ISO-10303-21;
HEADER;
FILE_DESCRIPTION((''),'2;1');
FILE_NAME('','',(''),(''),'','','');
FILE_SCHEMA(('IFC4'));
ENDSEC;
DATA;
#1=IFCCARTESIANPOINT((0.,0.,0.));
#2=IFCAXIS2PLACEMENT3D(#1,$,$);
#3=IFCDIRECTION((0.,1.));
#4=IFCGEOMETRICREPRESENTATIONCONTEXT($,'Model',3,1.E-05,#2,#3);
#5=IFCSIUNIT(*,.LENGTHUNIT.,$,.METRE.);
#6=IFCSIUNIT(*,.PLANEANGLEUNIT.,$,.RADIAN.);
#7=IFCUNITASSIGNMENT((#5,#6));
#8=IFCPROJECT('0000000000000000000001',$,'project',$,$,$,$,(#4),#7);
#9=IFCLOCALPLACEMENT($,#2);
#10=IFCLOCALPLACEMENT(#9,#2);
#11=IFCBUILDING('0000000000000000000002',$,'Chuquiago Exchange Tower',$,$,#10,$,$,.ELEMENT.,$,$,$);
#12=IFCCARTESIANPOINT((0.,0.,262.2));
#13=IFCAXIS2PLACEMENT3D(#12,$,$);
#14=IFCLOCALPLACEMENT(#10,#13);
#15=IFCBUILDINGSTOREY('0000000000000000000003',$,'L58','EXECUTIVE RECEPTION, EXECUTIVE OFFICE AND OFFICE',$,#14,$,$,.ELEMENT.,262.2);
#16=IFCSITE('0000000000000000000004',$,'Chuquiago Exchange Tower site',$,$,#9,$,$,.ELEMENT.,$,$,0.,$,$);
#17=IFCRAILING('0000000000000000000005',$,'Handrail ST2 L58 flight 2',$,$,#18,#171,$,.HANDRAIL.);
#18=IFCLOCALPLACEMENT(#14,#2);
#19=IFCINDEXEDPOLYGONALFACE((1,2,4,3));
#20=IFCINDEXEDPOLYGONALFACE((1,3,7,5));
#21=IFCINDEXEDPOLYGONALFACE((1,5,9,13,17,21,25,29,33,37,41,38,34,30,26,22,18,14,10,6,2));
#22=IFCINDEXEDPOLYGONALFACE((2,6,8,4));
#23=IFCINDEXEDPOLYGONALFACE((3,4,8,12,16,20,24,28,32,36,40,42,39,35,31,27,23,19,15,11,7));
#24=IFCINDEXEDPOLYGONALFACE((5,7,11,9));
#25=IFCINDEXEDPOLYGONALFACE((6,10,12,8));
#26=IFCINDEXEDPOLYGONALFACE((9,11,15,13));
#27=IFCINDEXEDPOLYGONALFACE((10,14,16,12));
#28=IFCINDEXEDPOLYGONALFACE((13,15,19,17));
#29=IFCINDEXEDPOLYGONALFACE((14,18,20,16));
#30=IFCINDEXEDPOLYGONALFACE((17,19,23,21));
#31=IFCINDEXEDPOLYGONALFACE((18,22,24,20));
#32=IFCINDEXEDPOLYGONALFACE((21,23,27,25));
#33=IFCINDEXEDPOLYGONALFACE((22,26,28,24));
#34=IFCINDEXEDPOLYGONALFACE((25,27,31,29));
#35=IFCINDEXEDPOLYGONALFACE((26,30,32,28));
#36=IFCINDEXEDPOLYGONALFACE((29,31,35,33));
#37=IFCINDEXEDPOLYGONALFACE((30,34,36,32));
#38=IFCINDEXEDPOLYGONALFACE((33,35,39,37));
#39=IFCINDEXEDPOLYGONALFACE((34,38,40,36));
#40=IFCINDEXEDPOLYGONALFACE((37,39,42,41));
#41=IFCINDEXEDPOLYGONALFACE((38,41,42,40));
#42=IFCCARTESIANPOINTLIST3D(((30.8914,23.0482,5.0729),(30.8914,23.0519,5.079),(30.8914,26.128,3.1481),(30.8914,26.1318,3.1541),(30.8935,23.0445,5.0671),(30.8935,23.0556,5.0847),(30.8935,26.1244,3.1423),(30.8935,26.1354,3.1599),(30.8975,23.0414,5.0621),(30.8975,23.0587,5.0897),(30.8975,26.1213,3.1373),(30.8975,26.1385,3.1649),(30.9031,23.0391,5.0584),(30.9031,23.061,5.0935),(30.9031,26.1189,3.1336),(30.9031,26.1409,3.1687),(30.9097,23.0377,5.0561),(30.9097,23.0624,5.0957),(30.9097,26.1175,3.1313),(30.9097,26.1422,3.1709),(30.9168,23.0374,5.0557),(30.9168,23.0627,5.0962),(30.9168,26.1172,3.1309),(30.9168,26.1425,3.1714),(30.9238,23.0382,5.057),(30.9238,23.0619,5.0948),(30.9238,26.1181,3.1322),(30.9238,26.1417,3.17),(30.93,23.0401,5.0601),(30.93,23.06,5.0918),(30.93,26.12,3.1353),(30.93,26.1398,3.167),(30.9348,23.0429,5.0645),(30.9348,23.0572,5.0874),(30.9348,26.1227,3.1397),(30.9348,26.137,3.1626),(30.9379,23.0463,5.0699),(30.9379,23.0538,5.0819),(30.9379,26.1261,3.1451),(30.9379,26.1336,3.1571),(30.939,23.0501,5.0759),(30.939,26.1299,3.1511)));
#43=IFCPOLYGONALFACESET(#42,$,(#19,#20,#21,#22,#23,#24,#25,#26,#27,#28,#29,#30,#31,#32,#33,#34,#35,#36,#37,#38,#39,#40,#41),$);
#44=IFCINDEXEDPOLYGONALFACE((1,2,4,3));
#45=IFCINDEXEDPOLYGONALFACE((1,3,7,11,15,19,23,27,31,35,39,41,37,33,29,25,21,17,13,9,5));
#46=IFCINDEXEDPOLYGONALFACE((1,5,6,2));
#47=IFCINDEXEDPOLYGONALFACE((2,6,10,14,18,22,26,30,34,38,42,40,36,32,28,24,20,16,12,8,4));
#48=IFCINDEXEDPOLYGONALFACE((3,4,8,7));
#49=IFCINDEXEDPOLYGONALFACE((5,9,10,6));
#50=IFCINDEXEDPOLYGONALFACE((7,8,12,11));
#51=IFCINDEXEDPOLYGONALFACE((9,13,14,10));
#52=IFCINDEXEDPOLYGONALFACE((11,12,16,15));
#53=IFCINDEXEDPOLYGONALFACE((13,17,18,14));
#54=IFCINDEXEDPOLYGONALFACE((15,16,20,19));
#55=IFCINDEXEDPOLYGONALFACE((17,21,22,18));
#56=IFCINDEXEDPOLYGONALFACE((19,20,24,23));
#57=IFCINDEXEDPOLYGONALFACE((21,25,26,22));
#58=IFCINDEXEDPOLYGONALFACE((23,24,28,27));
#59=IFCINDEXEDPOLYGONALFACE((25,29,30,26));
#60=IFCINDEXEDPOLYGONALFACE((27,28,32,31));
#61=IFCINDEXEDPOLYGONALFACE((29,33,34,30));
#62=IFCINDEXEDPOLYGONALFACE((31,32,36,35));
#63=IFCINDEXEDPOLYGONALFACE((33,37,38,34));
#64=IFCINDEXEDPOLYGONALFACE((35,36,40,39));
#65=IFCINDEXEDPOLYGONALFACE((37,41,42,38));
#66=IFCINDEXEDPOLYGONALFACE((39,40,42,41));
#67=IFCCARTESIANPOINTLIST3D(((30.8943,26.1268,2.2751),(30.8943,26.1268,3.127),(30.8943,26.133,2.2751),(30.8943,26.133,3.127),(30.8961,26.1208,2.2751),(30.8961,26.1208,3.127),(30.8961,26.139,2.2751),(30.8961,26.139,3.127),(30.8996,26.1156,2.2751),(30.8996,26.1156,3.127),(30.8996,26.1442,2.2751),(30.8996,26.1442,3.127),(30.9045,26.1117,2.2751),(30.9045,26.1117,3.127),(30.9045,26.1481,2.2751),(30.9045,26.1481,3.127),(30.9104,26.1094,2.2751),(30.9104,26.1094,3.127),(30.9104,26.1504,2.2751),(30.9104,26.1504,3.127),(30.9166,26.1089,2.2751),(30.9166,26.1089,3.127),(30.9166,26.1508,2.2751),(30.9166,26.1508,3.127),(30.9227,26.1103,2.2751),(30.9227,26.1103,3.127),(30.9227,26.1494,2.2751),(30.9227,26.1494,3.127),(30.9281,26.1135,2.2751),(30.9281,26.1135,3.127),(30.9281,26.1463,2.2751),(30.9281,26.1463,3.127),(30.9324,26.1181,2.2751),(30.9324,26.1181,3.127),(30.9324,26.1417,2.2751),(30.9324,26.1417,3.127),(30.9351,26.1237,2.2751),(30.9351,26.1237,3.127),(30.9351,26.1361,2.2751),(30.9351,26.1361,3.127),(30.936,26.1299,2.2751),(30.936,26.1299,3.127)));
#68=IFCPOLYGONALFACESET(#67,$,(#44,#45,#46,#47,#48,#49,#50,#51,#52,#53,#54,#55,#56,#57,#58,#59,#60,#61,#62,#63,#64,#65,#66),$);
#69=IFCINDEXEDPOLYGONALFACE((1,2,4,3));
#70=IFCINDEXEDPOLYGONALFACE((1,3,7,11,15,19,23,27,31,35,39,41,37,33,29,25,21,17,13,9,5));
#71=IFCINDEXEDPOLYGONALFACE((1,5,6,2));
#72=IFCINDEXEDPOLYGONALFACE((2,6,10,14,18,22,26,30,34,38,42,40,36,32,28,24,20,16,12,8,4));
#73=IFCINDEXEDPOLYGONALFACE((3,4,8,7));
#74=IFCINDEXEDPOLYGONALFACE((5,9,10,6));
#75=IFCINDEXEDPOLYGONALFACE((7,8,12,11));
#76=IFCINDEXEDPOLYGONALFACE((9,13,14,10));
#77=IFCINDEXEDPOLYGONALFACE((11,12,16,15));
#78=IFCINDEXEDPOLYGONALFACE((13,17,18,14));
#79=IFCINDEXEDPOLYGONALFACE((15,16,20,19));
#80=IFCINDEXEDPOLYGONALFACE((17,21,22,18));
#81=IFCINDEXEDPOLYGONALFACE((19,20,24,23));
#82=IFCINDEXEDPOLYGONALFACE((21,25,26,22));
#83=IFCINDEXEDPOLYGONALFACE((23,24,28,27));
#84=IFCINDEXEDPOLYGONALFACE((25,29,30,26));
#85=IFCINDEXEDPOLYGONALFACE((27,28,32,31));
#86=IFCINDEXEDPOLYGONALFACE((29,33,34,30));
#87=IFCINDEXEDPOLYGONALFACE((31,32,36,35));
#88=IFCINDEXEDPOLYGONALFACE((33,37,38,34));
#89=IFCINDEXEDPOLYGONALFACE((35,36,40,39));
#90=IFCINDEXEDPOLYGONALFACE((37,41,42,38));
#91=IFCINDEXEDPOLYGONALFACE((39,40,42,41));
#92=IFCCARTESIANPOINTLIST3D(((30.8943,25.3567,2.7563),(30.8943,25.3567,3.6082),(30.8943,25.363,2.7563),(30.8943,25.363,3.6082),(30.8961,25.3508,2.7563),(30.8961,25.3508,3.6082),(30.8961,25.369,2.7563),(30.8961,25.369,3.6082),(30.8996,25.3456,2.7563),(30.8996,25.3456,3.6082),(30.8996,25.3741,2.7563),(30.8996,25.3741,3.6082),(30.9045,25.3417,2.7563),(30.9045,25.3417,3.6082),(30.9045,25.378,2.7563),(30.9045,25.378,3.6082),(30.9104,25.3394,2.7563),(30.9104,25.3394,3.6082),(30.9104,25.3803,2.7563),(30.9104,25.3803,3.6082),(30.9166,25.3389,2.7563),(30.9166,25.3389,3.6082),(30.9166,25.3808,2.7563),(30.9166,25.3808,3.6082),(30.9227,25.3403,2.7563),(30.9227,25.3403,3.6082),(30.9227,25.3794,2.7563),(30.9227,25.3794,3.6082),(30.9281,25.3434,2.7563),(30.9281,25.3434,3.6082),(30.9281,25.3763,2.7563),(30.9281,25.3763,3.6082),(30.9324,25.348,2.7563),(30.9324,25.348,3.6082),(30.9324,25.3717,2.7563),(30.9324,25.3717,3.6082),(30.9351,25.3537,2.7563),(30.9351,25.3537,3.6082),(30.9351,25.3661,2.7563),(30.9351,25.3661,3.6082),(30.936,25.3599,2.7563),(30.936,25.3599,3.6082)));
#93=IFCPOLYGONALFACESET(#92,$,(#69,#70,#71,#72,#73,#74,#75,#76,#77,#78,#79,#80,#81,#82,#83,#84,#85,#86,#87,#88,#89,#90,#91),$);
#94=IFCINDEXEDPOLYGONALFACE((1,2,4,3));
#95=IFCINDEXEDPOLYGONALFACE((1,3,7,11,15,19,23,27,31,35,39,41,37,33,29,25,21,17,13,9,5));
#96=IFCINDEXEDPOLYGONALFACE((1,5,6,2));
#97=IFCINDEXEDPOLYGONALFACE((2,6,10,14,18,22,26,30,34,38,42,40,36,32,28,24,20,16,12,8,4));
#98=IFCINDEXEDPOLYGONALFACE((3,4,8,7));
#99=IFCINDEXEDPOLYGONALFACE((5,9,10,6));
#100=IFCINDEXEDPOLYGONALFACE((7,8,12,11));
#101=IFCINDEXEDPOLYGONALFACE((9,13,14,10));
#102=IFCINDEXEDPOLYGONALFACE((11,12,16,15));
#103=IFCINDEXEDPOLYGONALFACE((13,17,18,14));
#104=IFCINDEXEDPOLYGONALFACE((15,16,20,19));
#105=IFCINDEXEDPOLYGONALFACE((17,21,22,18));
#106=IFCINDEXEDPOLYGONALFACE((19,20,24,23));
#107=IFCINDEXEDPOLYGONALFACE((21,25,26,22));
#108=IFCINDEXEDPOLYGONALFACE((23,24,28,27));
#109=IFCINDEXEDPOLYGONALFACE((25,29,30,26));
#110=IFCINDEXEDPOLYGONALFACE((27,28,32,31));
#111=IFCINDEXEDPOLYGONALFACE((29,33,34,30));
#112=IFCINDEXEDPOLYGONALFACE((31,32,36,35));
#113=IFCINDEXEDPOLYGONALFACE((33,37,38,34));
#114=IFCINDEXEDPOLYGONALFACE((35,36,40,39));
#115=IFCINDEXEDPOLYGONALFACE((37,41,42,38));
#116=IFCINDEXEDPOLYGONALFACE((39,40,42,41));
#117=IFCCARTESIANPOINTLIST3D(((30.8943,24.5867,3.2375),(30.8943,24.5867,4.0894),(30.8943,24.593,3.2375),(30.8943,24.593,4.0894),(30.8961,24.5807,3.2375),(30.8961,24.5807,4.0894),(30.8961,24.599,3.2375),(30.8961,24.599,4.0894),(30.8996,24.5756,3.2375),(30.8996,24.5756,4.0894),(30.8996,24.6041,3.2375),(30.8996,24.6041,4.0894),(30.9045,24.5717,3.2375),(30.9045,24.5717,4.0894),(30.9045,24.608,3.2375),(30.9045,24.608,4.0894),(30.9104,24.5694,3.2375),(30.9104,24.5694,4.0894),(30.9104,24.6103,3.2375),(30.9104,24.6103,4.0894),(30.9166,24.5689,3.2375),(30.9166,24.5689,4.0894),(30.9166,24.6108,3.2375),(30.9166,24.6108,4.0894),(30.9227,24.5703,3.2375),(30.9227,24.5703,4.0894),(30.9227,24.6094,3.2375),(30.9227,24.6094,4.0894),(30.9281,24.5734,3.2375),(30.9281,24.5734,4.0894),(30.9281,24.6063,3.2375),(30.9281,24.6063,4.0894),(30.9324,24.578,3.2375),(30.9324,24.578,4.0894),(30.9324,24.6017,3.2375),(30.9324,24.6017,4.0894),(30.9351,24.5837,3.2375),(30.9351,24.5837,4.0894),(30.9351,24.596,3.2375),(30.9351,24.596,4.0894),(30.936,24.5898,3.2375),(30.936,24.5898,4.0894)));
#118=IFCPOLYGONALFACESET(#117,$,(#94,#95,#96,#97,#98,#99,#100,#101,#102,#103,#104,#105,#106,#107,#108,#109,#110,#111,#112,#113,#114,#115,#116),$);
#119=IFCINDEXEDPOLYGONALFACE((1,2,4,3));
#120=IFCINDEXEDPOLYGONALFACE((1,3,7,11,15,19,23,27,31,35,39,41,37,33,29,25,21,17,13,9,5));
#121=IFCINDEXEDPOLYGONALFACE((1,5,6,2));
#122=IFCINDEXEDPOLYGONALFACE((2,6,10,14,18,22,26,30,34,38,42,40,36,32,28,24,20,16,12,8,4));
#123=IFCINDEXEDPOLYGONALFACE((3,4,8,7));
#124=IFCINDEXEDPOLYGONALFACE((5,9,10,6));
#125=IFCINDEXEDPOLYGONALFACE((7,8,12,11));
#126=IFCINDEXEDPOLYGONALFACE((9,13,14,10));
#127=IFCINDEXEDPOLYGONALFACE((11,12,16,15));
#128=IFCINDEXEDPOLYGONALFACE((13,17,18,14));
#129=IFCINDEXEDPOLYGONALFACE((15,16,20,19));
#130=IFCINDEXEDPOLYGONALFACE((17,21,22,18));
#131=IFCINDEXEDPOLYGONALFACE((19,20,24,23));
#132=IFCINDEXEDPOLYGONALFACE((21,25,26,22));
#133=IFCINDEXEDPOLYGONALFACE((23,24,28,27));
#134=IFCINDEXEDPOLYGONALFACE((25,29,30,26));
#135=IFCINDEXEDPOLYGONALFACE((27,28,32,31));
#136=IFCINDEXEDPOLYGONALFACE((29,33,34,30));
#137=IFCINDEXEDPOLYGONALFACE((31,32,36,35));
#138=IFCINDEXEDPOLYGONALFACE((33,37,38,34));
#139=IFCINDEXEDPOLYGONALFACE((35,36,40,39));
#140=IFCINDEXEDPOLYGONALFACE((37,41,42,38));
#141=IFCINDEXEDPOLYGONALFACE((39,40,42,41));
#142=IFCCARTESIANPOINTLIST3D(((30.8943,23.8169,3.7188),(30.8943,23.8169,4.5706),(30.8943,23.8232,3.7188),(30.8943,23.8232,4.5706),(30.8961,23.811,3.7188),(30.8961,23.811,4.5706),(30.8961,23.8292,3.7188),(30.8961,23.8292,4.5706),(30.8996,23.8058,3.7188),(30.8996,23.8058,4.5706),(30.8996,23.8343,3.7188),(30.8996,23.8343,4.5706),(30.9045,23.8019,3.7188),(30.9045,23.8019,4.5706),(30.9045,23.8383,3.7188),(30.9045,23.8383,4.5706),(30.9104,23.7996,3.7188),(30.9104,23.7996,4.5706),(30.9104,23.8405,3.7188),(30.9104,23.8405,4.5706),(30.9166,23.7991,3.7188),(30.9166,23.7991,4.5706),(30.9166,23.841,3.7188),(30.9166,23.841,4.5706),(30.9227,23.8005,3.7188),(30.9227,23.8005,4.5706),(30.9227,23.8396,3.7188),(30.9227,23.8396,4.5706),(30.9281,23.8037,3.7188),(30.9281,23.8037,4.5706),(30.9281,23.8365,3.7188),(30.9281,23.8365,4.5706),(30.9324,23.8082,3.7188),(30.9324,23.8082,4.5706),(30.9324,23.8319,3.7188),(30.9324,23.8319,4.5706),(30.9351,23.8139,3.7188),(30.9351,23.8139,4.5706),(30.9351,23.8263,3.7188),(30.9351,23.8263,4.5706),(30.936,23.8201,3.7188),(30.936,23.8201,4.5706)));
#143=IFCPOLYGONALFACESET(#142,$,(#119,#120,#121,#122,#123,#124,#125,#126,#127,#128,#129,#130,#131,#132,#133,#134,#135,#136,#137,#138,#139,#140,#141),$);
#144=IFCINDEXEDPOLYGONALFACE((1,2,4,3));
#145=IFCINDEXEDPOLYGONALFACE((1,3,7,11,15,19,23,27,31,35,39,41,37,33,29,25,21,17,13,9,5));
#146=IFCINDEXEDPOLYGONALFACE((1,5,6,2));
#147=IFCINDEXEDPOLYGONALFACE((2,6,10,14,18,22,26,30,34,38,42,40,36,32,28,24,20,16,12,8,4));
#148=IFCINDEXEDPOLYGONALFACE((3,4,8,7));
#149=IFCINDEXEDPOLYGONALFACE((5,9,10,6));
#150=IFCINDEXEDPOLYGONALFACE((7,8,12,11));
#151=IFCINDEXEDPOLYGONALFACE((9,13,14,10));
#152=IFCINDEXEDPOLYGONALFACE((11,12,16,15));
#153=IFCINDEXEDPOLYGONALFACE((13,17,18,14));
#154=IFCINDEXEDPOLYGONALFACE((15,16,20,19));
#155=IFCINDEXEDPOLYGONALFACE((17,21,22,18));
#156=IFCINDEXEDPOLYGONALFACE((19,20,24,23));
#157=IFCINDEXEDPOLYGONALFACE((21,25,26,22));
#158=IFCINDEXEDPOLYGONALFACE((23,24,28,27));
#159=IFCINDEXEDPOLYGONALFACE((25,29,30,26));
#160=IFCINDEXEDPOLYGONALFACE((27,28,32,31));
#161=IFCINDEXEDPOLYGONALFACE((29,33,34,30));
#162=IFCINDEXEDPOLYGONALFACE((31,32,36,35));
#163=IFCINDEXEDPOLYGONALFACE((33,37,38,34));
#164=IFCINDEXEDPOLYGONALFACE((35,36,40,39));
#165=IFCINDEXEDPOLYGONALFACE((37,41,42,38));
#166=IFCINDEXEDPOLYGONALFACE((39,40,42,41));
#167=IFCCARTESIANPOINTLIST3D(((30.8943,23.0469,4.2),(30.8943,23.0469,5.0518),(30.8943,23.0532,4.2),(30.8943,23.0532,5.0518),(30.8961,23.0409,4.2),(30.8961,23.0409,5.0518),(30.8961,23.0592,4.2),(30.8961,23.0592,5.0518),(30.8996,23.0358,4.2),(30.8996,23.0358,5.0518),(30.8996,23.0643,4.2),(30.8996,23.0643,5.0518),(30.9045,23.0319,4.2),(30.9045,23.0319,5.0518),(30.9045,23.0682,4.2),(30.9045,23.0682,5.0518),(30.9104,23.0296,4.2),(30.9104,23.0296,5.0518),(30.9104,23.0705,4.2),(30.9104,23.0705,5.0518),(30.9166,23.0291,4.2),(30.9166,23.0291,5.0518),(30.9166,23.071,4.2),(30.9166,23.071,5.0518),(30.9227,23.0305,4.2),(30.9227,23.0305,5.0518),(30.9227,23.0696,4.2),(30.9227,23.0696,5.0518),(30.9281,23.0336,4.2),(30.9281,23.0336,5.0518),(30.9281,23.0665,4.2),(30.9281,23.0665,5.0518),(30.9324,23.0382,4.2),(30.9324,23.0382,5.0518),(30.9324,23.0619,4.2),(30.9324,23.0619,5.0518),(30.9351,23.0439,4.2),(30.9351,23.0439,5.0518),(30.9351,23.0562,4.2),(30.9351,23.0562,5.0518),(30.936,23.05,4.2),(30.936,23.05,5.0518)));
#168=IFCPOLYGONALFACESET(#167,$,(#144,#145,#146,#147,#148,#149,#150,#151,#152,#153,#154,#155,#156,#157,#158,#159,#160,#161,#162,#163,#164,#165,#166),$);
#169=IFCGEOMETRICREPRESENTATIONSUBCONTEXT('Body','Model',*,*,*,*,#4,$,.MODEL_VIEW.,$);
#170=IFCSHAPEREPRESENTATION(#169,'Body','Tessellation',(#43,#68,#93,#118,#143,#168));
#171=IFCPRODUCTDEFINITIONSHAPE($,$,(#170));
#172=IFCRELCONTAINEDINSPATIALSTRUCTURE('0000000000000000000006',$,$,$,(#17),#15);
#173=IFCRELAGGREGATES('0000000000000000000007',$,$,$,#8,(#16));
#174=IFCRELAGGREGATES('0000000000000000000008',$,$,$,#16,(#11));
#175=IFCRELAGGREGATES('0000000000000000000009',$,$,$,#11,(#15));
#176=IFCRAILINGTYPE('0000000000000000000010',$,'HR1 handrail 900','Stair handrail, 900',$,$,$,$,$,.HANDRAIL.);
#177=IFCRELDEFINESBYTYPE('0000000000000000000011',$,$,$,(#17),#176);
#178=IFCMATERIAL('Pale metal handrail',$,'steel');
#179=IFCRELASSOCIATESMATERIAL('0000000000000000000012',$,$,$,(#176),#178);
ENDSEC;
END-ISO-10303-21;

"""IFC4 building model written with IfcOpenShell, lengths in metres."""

from ifc_helpers import new_model, si_unit, direction, frame, origin, origin_2d, place, context, subcontext, project, spatial, circle, extrude, material, type_object, element, save


model = new_model("IFC4")

# Units and contexts
model_context = context("Model", 3, precision=1e-05, world=origin(), true_north=direction((0.0, 1.0)))
body_context = subcontext(model_context, "Body", "Model", "MODEL_VIEW")
ifc_project = project(units=[si_unit("LENGTHUNIT", "METRE"), si_unit("PLANEANGLEUNIT", "RADIAN")], contexts=[model_context])

# Site, building, storey
site_placement = place(None, origin())
site = spatial("IfcSite", under=ifc_project, at=site_placement, Name="Chuquiago Exchange Tower site", CompositionType="ELEMENT", RefElevation=0.0)
building_placement = place(site_placement, origin())
building = spatial("IfcBuilding", under=site, at=building_placement, Name="Chuquiago Exchange Tower", CompositionType="ELEMENT")
storey_placement = place(building_placement, frame((0.0, 0.0, 262.2)))
storey = spatial("IfcBuildingStorey", under=building, at=storey_placement, Name="L58", Description="EXECUTIVE RECEPTION, EXECUTIVE OFFICE AND OFFICE", CompositionType="ELEMENT", Elevation=262.2)

# Railing
ifc_material_1 = material(Name="Pale metal handrail", Category="steel")
railing_type_1 = type_object("IfcRailingType", Name="HR1 handrail 900", Description="Stair handrail, 900", PredefinedType="HANDRAIL", material=ifc_material_1)
for number, where, name in (
    (1, (30.915, 26.1299, 2.2751), "Handrail ST2 L58 flight 2"),
):
    element("IfcRailing", number, at=place(storey_placement, frame(where)), inside=storey, type_object=railing_type_1, Name=name, PredefinedType="HANDRAIL", context=body_context, shape_type="SweptSolid", body=[
        extrude(circle(Radius=0.0239, at=origin_2d()), frame((0.0, 0.0, 0.876), z_axis=(0.0, -0.84801, 0.529981), x_axis=(1.0, 0.0, 0.0)), (0.0, 0.0, 1.0), 3.6318),
        extrude(circle(Radius=0.021, at=origin_2d()), origin(), (0.0, 0.0, 1.0), 0.8518),
        extrude(circle(Radius=0.021, at=origin_2d()), frame((0.0, -0.77, 0.4812)), (0.0, 0.0, 1.0), 0.8518),
        extrude(circle(Radius=0.021, at=origin_2d()), frame((0.0, -1.54, 0.9624)), (0.0, 0.0, 1.0), 0.8518),
        extrude(circle(Radius=0.021, at=origin_2d()), frame((0.0, -2.3098, 1.4436)), (0.0, 0.0, 1.0), 0.8518),
        extrude(circle(Radius=0.021, at=origin_2d()), frame((0.0, -3.0798, 1.9248)), (0.0, 0.0, 1.0), 0.8518),
    ])

save(model, "model.ifc")
